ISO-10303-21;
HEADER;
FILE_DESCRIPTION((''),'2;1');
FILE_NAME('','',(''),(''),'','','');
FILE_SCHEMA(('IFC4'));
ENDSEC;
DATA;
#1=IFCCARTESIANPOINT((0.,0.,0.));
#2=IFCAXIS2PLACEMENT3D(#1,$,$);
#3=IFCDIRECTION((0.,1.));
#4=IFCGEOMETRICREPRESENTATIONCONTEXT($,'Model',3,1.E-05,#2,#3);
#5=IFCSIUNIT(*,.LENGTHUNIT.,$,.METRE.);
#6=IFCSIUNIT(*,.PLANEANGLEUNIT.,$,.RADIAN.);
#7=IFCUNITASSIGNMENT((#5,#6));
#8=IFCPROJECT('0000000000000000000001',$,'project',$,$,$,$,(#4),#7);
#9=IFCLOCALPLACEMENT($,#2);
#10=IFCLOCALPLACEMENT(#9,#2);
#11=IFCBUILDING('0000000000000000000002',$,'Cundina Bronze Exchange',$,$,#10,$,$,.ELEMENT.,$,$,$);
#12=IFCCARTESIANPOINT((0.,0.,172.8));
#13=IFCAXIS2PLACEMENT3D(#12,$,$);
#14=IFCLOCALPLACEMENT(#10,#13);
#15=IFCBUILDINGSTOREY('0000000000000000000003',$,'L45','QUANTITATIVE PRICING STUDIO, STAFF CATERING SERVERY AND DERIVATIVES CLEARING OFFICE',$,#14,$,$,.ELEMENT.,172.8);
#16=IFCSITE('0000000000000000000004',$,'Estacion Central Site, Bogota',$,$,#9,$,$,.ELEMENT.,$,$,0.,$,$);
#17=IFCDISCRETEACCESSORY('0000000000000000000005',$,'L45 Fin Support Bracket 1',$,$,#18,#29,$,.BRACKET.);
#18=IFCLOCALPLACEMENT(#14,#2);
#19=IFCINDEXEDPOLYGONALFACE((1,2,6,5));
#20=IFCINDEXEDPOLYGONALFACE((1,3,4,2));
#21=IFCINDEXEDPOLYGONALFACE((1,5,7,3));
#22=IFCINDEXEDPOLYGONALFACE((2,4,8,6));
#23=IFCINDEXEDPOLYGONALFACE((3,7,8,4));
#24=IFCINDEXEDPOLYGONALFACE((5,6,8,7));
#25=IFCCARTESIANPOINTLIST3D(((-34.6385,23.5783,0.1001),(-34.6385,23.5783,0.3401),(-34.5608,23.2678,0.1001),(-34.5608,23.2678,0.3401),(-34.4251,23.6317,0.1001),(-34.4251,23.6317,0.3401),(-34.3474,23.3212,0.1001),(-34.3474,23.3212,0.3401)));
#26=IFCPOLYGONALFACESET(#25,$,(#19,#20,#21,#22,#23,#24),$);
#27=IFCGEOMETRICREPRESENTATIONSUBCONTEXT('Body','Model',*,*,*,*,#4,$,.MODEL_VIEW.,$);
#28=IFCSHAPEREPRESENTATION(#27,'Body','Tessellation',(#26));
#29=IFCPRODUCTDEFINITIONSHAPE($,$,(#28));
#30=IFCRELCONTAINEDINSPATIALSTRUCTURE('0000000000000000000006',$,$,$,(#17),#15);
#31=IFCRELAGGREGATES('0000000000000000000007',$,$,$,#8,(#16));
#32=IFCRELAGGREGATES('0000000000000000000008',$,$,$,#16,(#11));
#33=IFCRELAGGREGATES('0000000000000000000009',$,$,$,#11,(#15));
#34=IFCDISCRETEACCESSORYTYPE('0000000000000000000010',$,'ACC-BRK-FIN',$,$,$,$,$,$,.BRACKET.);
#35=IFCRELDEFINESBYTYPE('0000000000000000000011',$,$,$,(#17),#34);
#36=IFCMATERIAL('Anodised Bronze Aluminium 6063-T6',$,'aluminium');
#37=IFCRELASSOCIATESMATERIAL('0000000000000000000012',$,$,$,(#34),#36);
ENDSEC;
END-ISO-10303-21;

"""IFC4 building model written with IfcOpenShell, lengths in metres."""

from ifc_helpers import new_model, si_unit, direction, frame, origin, origin_2d, place, context, subcontext, project, spatial, rectangle, extrude, material, type_object, element, save


model = new_model("IFC4")

# Units and contexts
model_context = context("Model", 3, precision=1e-05, world=origin(), true_north=direction((0.0, 1.0)))
body_context = subcontext(model_context, "Body", "Model", "MODEL_VIEW")
ifc_project = project(units=[si_unit("LENGTHUNIT", "METRE"), si_unit("PLANEANGLEUNIT", "RADIAN")], contexts=[model_context])

# Site, building, storey
site_placement = place(None, origin())
site = spatial("IfcSite", under=ifc_project, at=site_placement, Name="Estacion Central Site, Bogota", CompositionType="ELEMENT", RefElevation=0.0)
building_placement = place(site_placement, origin())
building = spatial("IfcBuilding", under=site, at=building_placement, Name="Cundina Bronze Exchange", CompositionType="ELEMENT")
storey_placement = place(building_placement, frame((0.0, 0.0, 172.8)))
storey = spatial("IfcBuildingStorey", under=building, at=storey_placement, Name="L45", Description="QUANTITATIVE PRICING STUDIO, STAFF CATERING SERVERY AND DERIVATIVES CLEARING OFFICE", CompositionType="ELEMENT", Elevation=172.8)

# Shared definitions
ifc_material_1 = material(Name="Anodised Bronze Aluminium 6063-T6", Category="aluminium")

# Discrete accessory
discrete_accessory_type = type_object("IfcDiscreteAccessoryType", Name="ACC-BRK-FIN", PredefinedType="BRACKET", material=ifc_material_1)
discrete_accessory_placement = place(storey_placement, frame((-34.4929, 23.4497, 0.1001), z_axis=(0.0, 0.0, 1.0), x_axis=(-0.970093, -0.242735, 0.0)))
element("IfcDiscreteAccessory", 1, at=discrete_accessory_placement, inside=storey, type_object=discrete_accessory_type, Name="L45 Fin Support Bracket 1", PredefinedType="BRACKET", context=body_context, shape_type="SweptSolid", body=[
    extrude(rectangle(XDim=0.22, YDim=0.3201, at=origin_2d()), origin(), (0.0, 0.0, 1.0), 0.24),
])

save(model, "model.ifc")
